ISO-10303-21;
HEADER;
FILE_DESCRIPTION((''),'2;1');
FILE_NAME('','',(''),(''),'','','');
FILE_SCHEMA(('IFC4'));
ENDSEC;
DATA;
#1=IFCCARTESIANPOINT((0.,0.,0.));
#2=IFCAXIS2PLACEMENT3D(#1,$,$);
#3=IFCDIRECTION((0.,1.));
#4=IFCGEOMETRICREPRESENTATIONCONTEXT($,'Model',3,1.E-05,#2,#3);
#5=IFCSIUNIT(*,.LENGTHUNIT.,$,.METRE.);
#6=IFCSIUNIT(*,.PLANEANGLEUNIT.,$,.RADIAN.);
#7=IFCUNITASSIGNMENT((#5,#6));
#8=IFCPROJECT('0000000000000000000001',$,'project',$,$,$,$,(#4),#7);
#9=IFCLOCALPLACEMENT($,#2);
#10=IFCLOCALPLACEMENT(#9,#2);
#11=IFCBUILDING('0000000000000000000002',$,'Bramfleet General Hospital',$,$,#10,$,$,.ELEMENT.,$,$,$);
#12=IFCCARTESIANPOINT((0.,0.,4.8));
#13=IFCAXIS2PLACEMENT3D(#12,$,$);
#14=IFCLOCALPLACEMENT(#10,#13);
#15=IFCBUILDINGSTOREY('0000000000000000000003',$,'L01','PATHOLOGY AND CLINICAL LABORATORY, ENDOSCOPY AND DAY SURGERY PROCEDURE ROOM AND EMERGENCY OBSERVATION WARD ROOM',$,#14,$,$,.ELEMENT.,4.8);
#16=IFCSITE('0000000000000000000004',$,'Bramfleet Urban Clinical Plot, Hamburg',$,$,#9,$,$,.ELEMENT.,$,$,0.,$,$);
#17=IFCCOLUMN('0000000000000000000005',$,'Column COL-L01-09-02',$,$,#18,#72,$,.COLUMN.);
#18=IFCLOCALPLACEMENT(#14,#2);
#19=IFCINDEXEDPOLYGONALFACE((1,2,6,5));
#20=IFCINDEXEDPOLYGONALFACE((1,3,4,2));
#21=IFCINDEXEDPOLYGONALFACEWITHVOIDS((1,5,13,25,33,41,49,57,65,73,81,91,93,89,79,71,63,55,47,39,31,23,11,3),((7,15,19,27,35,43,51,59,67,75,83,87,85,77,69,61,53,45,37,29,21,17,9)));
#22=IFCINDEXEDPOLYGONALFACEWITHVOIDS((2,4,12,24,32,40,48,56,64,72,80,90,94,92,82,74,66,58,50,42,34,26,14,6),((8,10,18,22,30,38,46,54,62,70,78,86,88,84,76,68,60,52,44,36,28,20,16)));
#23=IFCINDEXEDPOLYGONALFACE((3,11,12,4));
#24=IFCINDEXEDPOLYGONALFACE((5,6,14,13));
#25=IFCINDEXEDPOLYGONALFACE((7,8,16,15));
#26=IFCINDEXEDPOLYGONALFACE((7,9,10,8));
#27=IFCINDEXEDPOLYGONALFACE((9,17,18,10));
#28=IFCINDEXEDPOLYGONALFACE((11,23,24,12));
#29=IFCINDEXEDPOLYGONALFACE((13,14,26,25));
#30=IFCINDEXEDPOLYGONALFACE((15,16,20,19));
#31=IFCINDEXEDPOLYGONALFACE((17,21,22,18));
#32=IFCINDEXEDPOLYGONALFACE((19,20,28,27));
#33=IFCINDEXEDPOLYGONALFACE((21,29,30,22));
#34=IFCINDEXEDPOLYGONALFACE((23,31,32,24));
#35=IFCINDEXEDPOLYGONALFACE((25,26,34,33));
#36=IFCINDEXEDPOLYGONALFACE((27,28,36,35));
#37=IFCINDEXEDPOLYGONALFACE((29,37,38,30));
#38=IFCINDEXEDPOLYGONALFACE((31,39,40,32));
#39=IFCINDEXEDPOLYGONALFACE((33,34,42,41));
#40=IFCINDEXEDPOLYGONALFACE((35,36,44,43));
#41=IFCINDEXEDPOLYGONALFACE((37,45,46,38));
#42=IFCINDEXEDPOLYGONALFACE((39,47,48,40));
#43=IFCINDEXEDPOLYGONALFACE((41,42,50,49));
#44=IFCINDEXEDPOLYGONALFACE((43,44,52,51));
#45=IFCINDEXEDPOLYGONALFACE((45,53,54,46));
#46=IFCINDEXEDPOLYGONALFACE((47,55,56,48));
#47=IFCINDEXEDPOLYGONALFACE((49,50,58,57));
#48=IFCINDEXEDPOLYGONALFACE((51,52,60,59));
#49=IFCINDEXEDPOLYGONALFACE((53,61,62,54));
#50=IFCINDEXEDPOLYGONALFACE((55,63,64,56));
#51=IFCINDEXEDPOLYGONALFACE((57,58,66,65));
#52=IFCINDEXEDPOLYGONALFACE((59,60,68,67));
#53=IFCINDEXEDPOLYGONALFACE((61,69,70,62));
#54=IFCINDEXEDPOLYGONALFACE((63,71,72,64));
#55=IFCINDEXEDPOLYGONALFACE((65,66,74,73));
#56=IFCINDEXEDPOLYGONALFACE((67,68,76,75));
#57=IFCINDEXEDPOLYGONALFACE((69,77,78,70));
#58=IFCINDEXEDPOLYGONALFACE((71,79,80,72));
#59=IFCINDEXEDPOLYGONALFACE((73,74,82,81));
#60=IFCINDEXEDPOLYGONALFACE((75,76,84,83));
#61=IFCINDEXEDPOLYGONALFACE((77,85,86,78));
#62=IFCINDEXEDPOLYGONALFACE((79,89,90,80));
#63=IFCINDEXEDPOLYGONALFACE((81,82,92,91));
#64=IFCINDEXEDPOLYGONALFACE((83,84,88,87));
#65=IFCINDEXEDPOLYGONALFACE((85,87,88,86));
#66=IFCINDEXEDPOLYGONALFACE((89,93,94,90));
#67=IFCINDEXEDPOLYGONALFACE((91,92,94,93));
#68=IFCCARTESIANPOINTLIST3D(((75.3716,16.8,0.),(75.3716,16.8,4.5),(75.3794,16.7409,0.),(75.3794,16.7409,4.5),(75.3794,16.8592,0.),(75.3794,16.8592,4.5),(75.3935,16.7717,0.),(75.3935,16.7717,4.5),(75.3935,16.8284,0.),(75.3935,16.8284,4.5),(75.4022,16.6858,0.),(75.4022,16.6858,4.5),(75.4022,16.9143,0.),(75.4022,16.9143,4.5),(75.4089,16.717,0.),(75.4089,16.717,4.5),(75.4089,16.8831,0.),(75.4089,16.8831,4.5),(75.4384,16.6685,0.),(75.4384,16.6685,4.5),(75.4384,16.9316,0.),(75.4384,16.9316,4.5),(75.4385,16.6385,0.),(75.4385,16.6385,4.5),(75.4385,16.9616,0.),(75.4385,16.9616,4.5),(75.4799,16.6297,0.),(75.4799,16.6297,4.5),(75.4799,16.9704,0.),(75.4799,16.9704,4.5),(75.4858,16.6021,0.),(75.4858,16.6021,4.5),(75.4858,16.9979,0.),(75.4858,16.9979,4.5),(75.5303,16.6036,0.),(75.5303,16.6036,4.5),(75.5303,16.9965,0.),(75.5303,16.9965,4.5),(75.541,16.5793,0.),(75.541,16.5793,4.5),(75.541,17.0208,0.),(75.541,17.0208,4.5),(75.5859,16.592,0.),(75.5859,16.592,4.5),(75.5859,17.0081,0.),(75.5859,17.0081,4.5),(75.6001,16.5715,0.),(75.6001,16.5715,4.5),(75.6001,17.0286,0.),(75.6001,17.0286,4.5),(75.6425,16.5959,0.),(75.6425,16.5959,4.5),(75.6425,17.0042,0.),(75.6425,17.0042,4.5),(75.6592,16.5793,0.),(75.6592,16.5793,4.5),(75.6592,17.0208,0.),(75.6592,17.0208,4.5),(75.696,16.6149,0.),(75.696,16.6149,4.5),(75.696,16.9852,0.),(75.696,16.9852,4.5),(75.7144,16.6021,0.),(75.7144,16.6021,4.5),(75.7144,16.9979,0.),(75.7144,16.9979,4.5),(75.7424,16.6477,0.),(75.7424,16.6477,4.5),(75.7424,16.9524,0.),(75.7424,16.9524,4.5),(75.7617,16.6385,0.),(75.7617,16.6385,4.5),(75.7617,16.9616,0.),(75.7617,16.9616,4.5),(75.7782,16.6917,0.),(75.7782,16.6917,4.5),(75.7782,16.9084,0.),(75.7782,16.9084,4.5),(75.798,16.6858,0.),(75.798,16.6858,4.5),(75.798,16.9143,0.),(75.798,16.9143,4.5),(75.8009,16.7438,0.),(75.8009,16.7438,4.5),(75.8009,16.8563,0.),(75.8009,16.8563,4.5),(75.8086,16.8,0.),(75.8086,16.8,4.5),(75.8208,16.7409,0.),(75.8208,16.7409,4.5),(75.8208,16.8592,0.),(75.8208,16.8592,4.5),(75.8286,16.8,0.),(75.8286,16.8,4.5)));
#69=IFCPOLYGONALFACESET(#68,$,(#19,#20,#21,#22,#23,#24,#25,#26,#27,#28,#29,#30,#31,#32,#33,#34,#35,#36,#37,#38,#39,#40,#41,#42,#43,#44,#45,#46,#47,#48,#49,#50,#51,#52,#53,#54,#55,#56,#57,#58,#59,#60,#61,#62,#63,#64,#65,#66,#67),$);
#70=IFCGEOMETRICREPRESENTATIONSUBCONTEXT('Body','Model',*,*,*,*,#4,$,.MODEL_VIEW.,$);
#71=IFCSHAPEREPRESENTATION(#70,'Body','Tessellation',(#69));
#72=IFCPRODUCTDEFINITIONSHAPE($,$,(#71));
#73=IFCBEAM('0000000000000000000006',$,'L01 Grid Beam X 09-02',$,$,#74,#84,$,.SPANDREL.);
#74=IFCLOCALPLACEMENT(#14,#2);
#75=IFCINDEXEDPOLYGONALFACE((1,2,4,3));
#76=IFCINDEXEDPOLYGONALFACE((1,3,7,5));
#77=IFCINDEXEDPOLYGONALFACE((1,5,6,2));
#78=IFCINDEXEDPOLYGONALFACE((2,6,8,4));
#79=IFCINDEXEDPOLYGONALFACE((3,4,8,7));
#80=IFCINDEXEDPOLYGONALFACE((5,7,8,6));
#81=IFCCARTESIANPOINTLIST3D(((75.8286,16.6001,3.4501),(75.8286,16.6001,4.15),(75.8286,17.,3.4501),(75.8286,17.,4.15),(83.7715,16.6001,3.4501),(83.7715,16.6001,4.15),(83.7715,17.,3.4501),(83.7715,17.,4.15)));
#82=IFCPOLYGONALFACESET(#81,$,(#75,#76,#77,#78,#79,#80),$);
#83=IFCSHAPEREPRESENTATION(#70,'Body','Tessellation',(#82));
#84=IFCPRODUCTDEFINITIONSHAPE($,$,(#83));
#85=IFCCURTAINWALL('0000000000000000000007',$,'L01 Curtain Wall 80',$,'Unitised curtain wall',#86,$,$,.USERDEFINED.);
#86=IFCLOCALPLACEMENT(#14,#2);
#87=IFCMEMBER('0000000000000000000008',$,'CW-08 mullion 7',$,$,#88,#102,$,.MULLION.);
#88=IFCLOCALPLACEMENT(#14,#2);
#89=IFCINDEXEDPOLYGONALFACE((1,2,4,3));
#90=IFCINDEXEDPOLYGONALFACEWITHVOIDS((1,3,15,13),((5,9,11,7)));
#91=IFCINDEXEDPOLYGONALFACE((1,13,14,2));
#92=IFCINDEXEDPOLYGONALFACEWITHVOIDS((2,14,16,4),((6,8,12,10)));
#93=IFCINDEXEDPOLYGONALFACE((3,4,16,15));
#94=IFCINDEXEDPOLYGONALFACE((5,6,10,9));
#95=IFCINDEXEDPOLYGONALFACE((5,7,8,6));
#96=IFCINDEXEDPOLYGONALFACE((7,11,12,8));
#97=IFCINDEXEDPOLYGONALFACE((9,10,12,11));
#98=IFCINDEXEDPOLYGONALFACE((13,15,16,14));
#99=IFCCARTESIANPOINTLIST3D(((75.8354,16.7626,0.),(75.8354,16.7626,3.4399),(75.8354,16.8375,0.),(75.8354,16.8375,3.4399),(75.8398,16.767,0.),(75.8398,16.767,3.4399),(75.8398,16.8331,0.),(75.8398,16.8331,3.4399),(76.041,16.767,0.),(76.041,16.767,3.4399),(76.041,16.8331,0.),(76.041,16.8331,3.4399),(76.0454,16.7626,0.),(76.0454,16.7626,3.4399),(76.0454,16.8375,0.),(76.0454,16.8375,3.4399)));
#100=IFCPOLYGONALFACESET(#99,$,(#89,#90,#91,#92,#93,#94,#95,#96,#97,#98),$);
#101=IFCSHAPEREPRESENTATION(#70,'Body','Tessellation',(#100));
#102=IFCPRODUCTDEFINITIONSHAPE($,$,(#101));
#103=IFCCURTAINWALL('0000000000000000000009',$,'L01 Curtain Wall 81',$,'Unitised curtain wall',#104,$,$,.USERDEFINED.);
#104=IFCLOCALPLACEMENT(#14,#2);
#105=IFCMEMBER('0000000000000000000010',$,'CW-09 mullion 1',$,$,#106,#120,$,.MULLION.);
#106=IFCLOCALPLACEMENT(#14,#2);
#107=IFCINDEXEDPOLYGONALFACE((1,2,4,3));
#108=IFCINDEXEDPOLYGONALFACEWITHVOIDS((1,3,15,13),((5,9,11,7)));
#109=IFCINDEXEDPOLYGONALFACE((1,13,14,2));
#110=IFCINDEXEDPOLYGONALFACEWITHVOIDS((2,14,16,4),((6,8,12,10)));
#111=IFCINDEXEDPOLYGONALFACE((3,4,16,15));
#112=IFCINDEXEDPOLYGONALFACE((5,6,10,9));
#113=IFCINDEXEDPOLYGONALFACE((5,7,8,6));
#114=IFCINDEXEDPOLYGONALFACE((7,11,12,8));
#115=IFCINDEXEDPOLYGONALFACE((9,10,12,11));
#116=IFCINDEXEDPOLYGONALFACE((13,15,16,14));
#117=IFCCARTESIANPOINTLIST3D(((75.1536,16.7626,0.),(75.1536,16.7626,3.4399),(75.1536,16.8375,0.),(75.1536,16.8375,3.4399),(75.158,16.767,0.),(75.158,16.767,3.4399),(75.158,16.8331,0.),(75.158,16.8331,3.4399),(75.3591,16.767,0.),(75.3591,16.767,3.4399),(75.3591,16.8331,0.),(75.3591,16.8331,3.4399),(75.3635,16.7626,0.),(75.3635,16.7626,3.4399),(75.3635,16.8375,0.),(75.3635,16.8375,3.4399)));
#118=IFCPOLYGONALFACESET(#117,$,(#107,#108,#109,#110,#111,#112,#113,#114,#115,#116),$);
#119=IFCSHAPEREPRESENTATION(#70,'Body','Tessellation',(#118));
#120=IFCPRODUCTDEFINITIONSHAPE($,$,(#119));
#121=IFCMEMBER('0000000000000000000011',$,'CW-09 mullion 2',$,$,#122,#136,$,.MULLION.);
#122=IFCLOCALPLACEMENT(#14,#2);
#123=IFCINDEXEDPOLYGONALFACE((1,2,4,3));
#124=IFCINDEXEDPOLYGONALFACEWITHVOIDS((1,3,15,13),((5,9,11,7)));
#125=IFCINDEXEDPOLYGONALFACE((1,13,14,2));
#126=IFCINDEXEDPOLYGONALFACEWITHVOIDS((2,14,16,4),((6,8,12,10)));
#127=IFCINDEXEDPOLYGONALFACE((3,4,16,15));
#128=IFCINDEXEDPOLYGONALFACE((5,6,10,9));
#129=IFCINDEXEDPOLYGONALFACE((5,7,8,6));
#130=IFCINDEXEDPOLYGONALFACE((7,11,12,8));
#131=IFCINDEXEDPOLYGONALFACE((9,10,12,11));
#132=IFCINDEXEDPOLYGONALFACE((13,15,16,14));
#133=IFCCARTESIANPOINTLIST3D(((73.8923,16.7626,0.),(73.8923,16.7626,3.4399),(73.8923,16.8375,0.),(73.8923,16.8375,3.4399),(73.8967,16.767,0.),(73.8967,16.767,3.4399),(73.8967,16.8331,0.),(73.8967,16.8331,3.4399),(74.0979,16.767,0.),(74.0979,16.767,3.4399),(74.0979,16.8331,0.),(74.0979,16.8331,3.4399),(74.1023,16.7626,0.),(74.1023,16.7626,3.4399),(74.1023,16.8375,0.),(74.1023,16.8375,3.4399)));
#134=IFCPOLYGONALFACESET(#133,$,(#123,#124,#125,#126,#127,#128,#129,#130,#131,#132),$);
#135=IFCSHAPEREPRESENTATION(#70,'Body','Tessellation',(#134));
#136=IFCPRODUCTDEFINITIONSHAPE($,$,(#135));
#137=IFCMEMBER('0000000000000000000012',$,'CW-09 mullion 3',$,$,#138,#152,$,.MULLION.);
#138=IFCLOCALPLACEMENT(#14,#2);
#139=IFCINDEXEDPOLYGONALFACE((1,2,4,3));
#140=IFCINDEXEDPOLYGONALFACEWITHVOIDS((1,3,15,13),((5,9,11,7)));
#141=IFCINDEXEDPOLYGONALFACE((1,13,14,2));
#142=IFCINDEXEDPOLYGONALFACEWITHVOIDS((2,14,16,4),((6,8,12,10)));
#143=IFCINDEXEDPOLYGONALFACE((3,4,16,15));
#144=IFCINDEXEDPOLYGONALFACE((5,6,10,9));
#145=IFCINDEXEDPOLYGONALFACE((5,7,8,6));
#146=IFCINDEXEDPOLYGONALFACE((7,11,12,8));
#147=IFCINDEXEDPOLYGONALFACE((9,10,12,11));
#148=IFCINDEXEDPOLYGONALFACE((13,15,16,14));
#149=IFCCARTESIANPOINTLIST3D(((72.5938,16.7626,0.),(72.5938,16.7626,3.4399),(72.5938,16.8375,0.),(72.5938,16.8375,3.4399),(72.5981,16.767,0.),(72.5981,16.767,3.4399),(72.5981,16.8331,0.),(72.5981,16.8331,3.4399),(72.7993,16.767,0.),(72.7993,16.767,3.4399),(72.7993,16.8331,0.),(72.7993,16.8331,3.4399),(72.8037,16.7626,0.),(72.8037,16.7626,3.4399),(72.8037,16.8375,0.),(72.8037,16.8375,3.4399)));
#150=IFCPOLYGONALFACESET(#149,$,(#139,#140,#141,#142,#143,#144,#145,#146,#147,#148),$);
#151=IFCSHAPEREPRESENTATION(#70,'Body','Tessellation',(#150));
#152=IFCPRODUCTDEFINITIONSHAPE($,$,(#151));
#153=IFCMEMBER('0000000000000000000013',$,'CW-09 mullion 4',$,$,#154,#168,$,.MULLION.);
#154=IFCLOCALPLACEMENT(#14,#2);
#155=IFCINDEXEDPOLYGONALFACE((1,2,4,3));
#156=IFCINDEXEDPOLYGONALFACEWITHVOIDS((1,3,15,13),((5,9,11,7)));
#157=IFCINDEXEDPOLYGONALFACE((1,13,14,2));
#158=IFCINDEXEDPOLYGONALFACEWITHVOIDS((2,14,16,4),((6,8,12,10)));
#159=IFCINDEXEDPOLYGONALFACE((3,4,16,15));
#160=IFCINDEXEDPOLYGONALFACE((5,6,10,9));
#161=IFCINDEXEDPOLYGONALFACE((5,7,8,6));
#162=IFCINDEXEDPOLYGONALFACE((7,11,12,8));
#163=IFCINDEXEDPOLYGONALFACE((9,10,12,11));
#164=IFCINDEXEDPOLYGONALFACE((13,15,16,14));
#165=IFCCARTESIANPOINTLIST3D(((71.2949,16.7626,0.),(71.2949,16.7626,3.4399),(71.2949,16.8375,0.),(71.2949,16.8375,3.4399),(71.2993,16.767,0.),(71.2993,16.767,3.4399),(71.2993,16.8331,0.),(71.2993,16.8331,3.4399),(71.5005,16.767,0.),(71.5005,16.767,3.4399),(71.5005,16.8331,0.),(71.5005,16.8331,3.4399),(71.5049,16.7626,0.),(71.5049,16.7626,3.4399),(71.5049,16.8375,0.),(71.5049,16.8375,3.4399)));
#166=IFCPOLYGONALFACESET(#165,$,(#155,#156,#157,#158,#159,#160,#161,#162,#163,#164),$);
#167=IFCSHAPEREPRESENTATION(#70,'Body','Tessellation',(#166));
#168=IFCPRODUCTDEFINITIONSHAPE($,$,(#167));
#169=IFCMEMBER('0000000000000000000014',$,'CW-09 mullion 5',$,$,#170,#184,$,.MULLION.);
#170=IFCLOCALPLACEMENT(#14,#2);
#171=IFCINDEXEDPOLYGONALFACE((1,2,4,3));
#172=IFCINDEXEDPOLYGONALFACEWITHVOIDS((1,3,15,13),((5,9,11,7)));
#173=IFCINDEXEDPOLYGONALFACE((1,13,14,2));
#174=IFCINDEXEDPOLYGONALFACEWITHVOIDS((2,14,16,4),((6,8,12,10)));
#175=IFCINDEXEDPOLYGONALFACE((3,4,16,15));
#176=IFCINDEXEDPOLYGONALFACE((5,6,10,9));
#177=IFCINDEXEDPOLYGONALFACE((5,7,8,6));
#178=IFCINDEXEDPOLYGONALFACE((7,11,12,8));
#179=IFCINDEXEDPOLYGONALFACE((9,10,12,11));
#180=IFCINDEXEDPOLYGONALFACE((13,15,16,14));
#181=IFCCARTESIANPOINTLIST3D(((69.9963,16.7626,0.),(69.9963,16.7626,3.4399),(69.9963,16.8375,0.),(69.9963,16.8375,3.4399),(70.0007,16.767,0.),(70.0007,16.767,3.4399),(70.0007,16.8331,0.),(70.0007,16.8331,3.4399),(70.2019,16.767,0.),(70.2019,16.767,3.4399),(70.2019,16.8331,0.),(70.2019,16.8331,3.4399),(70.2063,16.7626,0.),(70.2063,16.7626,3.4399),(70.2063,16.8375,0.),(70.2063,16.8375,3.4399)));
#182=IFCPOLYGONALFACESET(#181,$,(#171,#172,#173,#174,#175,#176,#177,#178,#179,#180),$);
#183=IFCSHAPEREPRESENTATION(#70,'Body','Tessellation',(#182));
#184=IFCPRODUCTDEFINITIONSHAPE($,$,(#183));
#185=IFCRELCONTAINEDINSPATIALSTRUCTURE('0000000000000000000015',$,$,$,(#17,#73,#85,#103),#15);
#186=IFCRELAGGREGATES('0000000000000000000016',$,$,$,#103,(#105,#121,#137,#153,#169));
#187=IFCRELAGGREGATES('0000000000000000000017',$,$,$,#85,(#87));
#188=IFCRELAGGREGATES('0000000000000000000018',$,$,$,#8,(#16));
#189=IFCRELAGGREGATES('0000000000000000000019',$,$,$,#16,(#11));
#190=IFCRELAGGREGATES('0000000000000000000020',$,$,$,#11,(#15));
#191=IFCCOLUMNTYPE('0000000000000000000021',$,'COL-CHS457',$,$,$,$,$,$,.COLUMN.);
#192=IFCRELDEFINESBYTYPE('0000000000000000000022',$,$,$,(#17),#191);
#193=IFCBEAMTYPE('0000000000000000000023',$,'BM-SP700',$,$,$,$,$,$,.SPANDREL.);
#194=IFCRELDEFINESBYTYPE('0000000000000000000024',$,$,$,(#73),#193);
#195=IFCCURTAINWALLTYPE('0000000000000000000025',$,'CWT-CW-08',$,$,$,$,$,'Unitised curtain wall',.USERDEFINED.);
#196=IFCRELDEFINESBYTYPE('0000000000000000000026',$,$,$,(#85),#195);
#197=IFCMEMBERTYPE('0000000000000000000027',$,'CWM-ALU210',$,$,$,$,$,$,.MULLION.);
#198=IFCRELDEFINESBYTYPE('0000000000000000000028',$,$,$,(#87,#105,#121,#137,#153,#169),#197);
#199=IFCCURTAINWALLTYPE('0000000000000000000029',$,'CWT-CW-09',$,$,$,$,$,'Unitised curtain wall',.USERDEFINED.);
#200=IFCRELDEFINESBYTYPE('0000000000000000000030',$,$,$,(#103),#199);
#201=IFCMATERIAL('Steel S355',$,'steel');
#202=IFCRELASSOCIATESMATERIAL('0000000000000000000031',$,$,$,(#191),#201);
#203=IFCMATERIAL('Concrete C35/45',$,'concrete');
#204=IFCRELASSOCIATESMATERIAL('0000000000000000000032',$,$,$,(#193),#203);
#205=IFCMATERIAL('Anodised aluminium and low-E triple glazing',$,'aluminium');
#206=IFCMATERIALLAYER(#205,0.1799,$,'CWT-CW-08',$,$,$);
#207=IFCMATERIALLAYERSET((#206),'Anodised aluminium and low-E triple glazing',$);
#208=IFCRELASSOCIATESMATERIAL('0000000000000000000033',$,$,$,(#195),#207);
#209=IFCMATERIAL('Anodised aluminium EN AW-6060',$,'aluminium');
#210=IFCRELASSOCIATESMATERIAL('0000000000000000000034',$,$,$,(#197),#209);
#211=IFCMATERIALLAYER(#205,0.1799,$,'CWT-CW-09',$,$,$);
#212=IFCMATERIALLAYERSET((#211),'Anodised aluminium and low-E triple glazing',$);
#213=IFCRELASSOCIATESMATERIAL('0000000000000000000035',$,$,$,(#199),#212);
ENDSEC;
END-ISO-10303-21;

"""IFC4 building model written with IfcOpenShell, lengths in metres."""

from ifc_helpers import new_model, si_unit, direction, frame, origin, origin_2d, place, context, subcontext, project, spatial, rectangle, hollow_rectangle, hollow_circle, extrude, material, layer, layer_set, material_profile, profile_set, type_object, element, aggregate, save


model = new_model("IFC4")

# Units and contexts
model_context = context("Model", 3, precision=1e-05, world=origin(), true_north=direction((0.0, 1.0)))
body_context = subcontext(model_context, "Body", "Model", "MODEL_VIEW")
ifc_project = project(units=[si_unit("LENGTHUNIT", "METRE"), si_unit("PLANEANGLEUNIT", "RADIAN")], contexts=[model_context])

# Site, building, storey
site_placement = place(None, origin())
site = spatial("IfcSite", under=ifc_project, at=site_placement, Name="Bramfleet Urban Clinical Plot, Hamburg", CompositionType="ELEMENT", RefElevation=0.0)
building_placement = place(site_placement, origin())
building = spatial("IfcBuilding", under=site, at=building_placement, Name="Bramfleet General Hospital", CompositionType="ELEMENT")
storey_placement = place(building_placement, frame((0.0, 0.0, 4.8)))
storey = spatial("IfcBuildingStorey", under=building, at=storey_placement, Name="L01", Description="PATHOLOGY AND CLINICAL LABORATORY, ENDOSCOPY AND DAY SURGERY PROCEDURE ROOM AND EMERGENCY OBSERVATION WARD ROOM", CompositionType="ELEMENT", Elevation=4.8)

# Column
ifc_material_1 = material(Name="Steel S355", Category="steel")
ifc_material_profile_1 = material_profile(ifc_material_1, hollow_circle(Radius=0.2285, WallThickness=0.02, at=origin_2d()), Name="CHS 457.0x20.0")
ifc_profile_set_1 = profile_set([ifc_material_profile_1], Name="Steel S355")
column_type = type_object("IfcColumnType", Name="COL-CHS457", PredefinedType="COLUMN", material=ifc_profile_set_1)
column_placement = place(storey_placement, frame((75.6001, 16.8, 0.0), z_axis=(0.0, 0.0, 1.0), x_axis=(1.0, 0.0, 0.0)))
element("IfcColumn", 1, at=column_placement, inside=storey, type_object=column_type, Name="Column COL-L01-09-02", PredefinedType="COLUMN", context=body_context, shape_type="SweptSolid", body=[
    extrude(hollow_circle(Radius=0.2285, WallThickness=0.02, at=origin_2d()), origin(), (0.0, 0.0, 1.0), 4.5),
])

# Beam
ifc_material_2 = material(Name="Concrete C35/45", Category="concrete")
ifc_material_profile_2 = material_profile(ifc_material_2, rectangle(XDim=0.3999, YDim=0.7, at=origin_2d()), Name="RC SP 700x400")
ifc_profile_set_2 = profile_set([ifc_material_profile_2], Name="Concrete C35/45")
beam_type = type_object("IfcBeamType", Name="BM-SP700", PredefinedType="SPANDREL", material=ifc_profile_set_2)
beam_placement = place(storey_placement, frame((75.8286, 16.8, 3.8), z_axis=(1.0, 0.0, 0.0), x_axis=(0.0, 1.0, 0.0)))
element("IfcBeam", 2, at=beam_placement, inside=storey, type_object=beam_type, Name="L01 Grid Beam X 09-02", PredefinedType="SPANDREL", context=body_context, shape_type="SweptSolid", body=[
    extrude(rectangle(XDim=0.3999, YDim=0.7, at=origin_2d()), origin(), (0.0, 0.0, 1.0), 7.9429),
])

# Curtain wall, member
ifc_material_3 = material(Name="Anodised aluminium and low-E triple glazing", Category="aluminium")
ifc_layer_1 = layer(ifc_material_3, 0.1799, Name="CWT-CW-08")
ifc_layer_set_1 = layer_set([ifc_layer_1], Name="Anodised aluminium and low-E triple glazing")
curtain_wall_type_1 = type_object("IfcCurtainWallType", Name="CWT-CW-08", ElementType="Unitised curtain wall", PredefinedType="USERDEFINED", material=ifc_layer_set_1)
curtain_wall_1_placement = place(storey_placement, origin())
curtain_wall_1 = element("IfcCurtainWall", 3, at=curtain_wall_1_placement, inside=storey, type_object=curtain_wall_type_1, Name="L01 Curtain Wall 80", ObjectType="Unitised curtain wall", PredefinedType="USERDEFINED")
ifc_material_4 = material(Name="Anodised aluminium EN AW-6060", Category="aluminium")
ifc_material_profile_3 = material_profile(ifc_material_4, hollow_rectangle(XDim=0.075, YDim=0.21, WallThickness=0.0044, at=origin_2d()), Name="ALU 210x75x4.5")
ifc_profile_set_3 = profile_set([ifc_material_profile_3], Name="Anodised aluminium EN AW-6060")
member_type_1 = type_object("IfcMemberType", Name="CWM-ALU210", PredefinedType="MULLION", material=ifc_profile_set_3)
member_1_placement = place(storey_placement, frame((75.9404, 16.8, 0.0), z_axis=(0.0, 0.0, 1.0), x_axis=(0.0, -1.0, 0.0)))
member_1 = element("IfcMember", 4, at=member_1_placement, type_object=member_type_1, Name="CW-08 mullion 7", PredefinedType="MULLION", context=body_context, shape_type="SweptSolid", body=[
    extrude(hollow_rectangle(XDim=0.075, YDim=0.21, WallThickness=0.0044, at=origin_2d()), origin(), (0.0, 0.0, 1.0), 3.4399),
])

# Curtain wall, members
ifc_layer_2 = layer(ifc_material_3, 0.1799, Name="CWT-CW-09")
ifc_layer_set_2 = layer_set([ifc_layer_2], Name="Anodised aluminium and low-E triple glazing")
curtain_wall_type_2 = type_object("IfcCurtainWallType", Name="CWT-CW-09", ElementType="Unitised curtain wall", PredefinedType="USERDEFINED", material=ifc_layer_set_2)
curtain_wall_2_placement = place(storey_placement, origin())
curtain_wall_2 = element("IfcCurtainWall", 5, at=curtain_wall_2_placement, inside=storey, type_object=curtain_wall_type_2, Name="L01 Curtain Wall 81", ObjectType="Unitised curtain wall", PredefinedType="USERDEFINED")
member_2_placement = place(storey_placement, frame((75.2585, 16.8, 0.0), z_axis=(0.0, 0.0, 1.0), x_axis=(0.0, -1.0, 0.0)))
member_2 = element("IfcMember", 6, at=member_2_placement, type_object=member_type_1, Name="CW-09 mullion 1", PredefinedType="MULLION", context=body_context, shape_type="SweptSolid", body=[
    extrude(hollow_rectangle(XDim=0.075, YDim=0.21, WallThickness=0.0044, at=origin_2d()), origin(), (0.0, 0.0, 1.0), 3.4399),
])
member_3_placement = place(storey_placement, frame((73.9973, 16.8, 0.0), z_axis=(0.0, 0.0, 1.0), x_axis=(0.0, -1.0, 0.0)))
member_3 = element("IfcMember", 7, at=member_3_placement, type_object=member_type_1, Name="CW-09 mullion 2", PredefinedType="MULLION", context=body_context, shape_type="SweptSolid", body=[
    extrude(hollow_rectangle(XDim=0.075, YDim=0.21, WallThickness=0.0044, at=origin_2d()), origin(), (0.0, 0.0, 1.0), 3.4399),
])
member_4_placement = place(storey_placement, frame((72.6987, 16.8, 0.0), z_axis=(0.0, 0.0, 1.0), x_axis=(0.0, -1.0, 0.0)))
member_4 = element("IfcMember", 8, at=member_4_placement, type_object=member_type_1, Name="CW-09 mullion 3", PredefinedType="MULLION", context=body_context, shape_type="SweptSolid", body=[
    extrude(hollow_rectangle(XDim=0.075, YDim=0.21, WallThickness=0.0044, at=origin_2d()), origin(), (0.0, 0.0, 1.0), 3.4399),
])
member_5_placement = place(storey_placement, frame((71.3999, 16.8, 0.0), z_axis=(0.0, 0.0, 1.0), x_axis=(0.0, -1.0, 0.0)))
member_5 = element("IfcMember", 9, at=member_5_placement, type_object=member_type_1, Name="CW-09 mullion 4", PredefinedType="MULLION", context=body_context, shape_type="SweptSolid", body=[
    extrude(hollow_rectangle(XDim=0.075, YDim=0.21, WallThickness=0.0044, at=origin_2d()), origin(), (0.0, 0.0, 1.0), 3.4399),
])
member_6_placement = place(storey_placement, frame((70.1013, 16.8, 0.0), z_axis=(0.0, 0.0, 1.0), x_axis=(0.0, -1.0, 0.0)))
member_6 = element("IfcMember", 10, at=member_6_placement, type_object=member_type_1, Name="CW-09 mullion 5", PredefinedType="MULLION", context=body_context, shape_type="SweptSolid", body=[
    extrude(hollow_rectangle(XDim=0.075, YDim=0.21, WallThickness=0.0044, at=origin_2d()), origin(), (0.0, 0.0, 1.0), 3.4399),
])
aggregate(curtain_wall_2, [member_2, member_3, member_4, member_5, member_6])

aggregate(curtain_wall_1, [member_1])

save(model, "model.ifc")
